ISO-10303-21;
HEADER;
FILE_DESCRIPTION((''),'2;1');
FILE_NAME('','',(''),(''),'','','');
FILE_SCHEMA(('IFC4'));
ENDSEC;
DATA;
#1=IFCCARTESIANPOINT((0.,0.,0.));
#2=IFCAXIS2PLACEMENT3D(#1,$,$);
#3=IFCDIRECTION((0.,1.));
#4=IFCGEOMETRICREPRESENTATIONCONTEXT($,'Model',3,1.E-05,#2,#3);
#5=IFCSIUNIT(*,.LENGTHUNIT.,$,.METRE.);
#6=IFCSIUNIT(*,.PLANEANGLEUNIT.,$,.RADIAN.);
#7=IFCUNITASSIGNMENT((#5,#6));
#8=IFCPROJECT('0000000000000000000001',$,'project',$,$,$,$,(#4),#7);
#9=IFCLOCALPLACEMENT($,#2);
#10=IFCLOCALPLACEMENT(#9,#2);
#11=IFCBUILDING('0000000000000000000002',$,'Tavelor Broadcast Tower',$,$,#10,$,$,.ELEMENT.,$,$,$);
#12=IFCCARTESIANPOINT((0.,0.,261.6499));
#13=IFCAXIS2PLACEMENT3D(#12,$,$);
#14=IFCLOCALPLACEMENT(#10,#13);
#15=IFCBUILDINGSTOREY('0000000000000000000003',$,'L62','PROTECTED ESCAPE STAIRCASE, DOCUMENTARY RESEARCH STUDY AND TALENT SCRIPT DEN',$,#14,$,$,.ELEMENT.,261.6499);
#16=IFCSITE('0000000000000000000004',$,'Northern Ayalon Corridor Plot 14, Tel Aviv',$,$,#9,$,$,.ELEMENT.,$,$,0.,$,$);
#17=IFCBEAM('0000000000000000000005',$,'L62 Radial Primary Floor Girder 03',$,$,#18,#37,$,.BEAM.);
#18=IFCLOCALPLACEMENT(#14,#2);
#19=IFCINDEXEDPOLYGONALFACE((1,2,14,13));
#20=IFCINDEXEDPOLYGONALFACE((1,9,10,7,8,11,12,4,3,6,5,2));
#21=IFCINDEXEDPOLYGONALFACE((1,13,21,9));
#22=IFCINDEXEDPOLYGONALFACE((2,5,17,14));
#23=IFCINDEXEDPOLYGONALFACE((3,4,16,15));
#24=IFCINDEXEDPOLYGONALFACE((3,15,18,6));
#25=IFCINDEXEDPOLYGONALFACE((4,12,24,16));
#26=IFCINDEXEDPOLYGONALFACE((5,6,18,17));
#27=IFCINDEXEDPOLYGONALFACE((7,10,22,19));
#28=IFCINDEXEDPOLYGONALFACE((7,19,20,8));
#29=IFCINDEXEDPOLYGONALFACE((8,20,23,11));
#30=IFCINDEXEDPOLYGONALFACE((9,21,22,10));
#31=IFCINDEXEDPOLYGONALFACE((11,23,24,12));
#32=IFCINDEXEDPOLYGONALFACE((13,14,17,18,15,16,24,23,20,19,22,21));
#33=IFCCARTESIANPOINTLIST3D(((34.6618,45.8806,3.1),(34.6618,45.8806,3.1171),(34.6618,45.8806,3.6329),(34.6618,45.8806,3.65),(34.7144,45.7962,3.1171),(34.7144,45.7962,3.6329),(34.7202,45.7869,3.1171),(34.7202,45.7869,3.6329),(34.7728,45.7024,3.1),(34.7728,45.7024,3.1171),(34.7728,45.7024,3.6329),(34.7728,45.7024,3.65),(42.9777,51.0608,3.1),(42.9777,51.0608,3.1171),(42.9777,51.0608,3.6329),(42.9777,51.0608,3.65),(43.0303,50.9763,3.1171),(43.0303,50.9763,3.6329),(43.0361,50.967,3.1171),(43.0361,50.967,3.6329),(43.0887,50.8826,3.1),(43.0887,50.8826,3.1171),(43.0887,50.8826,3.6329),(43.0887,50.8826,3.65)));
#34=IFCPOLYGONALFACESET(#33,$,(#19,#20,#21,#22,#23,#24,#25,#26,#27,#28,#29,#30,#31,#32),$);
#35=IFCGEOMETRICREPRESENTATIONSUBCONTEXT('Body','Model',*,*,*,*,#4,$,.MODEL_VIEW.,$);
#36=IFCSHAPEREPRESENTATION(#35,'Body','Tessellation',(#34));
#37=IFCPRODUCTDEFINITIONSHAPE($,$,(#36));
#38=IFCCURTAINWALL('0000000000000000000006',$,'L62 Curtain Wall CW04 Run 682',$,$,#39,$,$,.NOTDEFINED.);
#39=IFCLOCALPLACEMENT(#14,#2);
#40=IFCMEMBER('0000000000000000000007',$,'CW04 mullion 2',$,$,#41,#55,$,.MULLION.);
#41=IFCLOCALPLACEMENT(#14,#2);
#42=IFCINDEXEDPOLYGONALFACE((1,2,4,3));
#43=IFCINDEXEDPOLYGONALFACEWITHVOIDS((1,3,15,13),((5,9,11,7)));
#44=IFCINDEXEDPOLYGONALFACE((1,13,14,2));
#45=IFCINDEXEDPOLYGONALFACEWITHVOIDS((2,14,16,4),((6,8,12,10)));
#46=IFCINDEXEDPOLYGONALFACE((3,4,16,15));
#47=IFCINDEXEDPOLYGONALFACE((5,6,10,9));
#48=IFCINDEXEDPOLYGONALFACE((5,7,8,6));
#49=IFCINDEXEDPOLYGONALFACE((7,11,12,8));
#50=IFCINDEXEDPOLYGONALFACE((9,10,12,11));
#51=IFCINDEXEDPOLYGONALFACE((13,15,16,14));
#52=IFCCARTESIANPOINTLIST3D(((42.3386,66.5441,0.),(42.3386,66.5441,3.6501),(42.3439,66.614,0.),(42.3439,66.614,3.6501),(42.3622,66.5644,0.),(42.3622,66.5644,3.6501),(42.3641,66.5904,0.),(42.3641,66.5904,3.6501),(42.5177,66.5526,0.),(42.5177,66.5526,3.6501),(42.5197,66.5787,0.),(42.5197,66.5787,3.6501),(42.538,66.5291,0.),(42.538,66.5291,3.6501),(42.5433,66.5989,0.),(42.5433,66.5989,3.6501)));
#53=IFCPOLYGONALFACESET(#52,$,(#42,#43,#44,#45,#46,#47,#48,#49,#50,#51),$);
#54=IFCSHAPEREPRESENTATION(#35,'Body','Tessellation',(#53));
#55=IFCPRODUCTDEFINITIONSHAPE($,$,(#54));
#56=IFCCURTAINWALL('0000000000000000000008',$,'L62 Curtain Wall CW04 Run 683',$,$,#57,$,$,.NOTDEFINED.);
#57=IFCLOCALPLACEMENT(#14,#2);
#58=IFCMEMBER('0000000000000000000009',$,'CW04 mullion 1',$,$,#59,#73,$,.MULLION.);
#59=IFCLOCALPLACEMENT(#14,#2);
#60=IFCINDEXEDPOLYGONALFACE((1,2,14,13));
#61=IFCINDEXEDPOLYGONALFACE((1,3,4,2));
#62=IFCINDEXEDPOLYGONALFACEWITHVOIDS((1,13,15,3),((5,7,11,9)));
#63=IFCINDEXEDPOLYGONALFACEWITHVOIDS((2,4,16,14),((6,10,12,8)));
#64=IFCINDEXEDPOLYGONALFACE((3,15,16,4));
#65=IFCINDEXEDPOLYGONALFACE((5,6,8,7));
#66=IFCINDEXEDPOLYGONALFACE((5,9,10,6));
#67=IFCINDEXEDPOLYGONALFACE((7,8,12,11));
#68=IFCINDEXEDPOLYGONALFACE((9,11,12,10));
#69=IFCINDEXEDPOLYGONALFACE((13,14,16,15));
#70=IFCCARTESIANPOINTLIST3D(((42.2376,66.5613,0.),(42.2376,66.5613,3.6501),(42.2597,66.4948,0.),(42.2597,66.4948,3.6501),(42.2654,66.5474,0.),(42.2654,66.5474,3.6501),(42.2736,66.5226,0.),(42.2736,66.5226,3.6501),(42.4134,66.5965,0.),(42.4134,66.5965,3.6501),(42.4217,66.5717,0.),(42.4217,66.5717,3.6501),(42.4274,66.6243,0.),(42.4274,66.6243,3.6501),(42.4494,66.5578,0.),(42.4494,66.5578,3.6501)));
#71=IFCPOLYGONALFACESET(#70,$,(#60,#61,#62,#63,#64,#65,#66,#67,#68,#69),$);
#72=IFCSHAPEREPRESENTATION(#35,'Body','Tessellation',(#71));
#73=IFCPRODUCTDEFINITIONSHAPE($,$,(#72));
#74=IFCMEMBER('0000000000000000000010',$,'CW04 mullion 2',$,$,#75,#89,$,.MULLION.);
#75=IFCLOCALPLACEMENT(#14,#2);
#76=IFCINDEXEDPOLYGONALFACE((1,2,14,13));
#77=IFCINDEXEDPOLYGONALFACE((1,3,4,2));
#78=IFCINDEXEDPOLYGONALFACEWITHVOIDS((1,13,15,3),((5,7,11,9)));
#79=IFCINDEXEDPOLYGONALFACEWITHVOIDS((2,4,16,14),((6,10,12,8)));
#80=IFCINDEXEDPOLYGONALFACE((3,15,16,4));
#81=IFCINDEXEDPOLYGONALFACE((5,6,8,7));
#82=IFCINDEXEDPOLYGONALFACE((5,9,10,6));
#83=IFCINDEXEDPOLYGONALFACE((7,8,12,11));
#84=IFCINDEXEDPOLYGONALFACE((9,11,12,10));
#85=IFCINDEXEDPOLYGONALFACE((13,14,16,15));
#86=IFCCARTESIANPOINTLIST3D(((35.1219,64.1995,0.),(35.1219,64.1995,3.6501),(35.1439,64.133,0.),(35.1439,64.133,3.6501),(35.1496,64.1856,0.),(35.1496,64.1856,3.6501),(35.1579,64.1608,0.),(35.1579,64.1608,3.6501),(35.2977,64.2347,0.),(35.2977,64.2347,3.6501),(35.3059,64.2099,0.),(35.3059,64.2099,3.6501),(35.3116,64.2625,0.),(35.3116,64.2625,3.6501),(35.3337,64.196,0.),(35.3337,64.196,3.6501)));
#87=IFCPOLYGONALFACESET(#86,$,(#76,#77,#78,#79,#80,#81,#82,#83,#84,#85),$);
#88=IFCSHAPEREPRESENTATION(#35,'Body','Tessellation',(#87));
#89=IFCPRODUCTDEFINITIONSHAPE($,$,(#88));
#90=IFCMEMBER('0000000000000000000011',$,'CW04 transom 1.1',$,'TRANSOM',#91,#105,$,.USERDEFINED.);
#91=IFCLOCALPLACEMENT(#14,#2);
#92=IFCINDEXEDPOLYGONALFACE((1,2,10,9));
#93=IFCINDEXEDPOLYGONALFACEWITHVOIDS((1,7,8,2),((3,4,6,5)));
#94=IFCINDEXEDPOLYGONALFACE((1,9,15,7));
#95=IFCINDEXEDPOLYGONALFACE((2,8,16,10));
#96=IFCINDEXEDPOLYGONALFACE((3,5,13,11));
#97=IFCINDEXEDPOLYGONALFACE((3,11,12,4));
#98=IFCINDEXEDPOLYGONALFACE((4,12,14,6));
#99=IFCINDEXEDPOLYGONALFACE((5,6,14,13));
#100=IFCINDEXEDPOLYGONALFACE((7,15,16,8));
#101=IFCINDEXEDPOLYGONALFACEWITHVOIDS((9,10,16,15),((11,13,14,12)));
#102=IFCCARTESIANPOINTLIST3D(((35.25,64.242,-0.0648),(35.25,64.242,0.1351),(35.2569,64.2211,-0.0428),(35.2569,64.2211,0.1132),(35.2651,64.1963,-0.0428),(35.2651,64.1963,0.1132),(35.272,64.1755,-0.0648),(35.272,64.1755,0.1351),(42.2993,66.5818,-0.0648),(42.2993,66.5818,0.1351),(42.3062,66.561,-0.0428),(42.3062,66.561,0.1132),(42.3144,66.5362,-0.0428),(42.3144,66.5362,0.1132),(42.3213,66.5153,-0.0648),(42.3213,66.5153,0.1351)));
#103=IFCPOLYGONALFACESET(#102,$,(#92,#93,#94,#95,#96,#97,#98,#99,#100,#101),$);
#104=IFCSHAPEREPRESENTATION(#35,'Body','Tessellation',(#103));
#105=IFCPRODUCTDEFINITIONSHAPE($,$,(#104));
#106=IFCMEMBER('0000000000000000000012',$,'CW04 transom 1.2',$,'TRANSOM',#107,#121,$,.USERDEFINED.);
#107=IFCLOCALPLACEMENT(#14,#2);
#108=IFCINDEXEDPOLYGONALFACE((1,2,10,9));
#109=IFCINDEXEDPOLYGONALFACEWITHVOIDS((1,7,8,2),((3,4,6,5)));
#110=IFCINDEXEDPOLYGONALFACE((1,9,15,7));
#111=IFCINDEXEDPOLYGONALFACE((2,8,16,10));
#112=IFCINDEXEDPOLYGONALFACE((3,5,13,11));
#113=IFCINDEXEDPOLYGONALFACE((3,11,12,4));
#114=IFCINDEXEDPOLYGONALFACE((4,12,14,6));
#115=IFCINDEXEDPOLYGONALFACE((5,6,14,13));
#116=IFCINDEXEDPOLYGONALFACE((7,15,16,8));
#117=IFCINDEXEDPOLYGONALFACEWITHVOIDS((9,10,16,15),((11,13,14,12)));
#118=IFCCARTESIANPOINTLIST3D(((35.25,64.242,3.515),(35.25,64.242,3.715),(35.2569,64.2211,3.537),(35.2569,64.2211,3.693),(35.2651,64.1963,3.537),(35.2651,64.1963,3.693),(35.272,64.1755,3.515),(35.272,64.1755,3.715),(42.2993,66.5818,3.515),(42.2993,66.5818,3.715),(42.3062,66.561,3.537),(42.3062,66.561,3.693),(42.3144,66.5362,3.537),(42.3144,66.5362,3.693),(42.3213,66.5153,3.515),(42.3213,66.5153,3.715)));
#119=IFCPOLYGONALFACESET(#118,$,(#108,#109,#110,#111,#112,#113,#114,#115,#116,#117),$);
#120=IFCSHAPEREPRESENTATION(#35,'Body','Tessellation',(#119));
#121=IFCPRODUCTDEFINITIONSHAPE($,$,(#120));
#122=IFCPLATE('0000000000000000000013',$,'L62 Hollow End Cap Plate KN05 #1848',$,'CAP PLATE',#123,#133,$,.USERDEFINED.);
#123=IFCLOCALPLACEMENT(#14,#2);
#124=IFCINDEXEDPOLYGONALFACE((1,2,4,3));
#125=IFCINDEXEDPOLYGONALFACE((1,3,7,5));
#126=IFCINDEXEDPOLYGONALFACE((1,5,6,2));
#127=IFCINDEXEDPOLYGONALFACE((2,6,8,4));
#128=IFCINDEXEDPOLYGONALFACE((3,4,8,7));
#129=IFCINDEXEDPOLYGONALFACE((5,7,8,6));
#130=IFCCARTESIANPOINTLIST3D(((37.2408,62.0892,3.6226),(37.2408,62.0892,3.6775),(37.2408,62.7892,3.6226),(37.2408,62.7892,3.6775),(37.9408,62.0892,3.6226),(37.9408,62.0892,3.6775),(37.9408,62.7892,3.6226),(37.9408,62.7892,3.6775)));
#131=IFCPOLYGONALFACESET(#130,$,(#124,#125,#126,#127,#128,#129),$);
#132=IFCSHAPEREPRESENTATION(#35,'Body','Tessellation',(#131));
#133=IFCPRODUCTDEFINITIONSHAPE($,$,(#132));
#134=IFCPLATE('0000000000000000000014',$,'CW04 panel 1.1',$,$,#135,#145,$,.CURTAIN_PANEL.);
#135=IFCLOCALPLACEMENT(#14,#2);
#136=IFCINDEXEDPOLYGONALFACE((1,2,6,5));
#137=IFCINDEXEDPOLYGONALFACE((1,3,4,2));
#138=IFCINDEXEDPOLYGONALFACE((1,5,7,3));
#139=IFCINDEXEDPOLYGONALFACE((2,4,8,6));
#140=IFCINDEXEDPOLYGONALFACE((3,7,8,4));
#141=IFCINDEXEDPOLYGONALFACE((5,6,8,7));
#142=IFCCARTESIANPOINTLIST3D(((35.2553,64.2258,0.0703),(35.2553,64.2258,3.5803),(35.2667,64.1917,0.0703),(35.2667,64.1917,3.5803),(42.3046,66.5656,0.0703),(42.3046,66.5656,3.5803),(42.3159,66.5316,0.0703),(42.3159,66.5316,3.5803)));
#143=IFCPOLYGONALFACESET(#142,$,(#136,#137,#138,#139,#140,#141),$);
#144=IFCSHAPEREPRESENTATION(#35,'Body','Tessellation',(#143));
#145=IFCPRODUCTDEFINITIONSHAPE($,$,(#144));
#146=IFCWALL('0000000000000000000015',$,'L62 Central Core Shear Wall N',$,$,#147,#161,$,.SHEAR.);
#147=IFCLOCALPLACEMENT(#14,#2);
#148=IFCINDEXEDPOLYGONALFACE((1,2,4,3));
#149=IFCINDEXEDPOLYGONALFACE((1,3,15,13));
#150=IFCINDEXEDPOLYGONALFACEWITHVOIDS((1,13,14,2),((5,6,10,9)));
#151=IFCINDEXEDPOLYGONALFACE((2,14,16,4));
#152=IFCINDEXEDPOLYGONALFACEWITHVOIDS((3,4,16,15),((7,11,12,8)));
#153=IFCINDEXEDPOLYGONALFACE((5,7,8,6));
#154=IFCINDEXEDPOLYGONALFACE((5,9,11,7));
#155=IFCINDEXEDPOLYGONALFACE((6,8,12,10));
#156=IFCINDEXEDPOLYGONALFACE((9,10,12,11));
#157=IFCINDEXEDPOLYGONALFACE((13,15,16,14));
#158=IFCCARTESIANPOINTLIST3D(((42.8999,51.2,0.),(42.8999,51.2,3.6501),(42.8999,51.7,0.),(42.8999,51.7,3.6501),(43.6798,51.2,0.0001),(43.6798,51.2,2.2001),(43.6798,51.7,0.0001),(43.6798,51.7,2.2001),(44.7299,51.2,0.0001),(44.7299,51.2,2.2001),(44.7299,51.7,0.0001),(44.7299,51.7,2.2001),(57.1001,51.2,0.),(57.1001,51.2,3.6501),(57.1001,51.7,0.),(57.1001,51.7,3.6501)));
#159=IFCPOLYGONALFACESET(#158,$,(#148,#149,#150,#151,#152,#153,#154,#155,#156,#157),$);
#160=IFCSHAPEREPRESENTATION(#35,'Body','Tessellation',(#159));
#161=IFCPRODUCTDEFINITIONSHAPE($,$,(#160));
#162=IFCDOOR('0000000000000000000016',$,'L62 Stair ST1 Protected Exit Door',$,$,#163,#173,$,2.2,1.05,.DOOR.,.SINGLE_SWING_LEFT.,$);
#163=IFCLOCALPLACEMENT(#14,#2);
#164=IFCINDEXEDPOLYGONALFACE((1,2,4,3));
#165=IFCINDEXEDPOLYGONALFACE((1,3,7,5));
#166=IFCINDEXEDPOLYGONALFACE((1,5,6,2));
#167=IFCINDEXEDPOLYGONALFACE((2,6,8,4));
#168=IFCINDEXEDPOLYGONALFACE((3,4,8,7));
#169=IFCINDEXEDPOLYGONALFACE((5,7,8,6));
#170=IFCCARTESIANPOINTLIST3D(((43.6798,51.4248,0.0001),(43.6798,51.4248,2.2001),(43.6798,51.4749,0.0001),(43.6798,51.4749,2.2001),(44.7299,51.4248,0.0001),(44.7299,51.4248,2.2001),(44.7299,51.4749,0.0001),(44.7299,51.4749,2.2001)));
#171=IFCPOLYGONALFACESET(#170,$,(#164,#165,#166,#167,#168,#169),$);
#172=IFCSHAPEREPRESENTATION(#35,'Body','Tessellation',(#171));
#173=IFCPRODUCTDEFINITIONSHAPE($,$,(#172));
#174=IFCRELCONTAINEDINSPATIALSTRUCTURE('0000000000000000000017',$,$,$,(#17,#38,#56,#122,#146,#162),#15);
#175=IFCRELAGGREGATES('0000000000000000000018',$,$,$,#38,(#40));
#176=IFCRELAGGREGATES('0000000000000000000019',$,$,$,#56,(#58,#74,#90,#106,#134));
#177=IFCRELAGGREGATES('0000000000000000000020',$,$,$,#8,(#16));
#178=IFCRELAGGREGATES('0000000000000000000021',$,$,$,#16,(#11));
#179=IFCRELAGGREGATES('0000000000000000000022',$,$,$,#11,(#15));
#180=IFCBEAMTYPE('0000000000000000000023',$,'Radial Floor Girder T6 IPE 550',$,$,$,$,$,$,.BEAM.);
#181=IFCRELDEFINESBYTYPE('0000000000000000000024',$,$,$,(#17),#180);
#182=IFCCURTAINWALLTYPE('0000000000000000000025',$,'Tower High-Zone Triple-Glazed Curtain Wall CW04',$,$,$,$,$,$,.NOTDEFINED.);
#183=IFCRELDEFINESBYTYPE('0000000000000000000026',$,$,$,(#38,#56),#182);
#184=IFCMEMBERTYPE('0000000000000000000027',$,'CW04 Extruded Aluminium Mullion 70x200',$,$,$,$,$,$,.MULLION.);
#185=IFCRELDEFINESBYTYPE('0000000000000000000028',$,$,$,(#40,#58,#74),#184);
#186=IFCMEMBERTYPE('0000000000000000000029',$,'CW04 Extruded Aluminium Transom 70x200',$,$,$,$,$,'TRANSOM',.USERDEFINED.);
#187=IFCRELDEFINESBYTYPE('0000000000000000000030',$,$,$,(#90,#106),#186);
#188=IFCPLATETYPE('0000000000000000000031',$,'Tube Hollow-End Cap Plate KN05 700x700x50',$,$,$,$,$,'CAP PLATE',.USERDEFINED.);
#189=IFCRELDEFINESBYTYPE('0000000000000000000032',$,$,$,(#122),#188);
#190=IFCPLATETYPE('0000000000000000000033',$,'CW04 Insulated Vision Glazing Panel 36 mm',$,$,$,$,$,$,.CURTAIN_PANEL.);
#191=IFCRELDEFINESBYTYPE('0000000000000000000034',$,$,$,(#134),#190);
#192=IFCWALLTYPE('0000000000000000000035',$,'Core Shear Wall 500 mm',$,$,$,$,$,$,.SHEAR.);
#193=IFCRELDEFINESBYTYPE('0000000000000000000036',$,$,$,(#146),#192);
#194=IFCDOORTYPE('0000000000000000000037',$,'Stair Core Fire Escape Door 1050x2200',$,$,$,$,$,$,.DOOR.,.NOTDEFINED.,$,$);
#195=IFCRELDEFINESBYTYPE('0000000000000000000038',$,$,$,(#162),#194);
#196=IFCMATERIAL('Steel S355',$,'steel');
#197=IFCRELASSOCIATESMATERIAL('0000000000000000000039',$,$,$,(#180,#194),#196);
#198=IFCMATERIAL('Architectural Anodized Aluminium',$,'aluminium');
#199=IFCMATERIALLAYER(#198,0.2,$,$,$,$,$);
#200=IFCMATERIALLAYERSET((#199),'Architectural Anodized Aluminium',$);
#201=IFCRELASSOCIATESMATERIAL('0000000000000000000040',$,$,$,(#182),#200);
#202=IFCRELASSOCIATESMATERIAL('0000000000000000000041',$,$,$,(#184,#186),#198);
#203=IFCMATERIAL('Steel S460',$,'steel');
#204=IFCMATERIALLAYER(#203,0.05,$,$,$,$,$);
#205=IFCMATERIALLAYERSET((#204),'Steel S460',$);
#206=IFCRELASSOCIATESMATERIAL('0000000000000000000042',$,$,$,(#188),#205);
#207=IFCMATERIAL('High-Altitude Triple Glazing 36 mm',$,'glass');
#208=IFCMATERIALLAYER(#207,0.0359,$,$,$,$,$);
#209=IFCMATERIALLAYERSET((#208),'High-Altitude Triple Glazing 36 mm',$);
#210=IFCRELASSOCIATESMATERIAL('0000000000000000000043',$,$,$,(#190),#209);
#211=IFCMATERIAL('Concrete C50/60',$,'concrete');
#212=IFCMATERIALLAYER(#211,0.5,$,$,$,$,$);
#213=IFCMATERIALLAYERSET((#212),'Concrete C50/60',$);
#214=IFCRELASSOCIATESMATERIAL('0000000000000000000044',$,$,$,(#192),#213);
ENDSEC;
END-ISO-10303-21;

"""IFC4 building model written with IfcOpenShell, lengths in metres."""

from ifc_helpers import new_model, si_unit, direction, frame, frame_2d, origin, origin_2d, place, context, subcontext, project, spatial, rectangle, hollow_rectangle, i_section, extrude, source, transform, mapped, material, layer, layer_set, material_profile, profile_set, type_object, type_shapes, element, fill, aggregate, save


model = new_model("IFC4")

# Units and contexts
model_context = context("Model", 3, precision=1e-05, world=origin(), true_north=direction((0.0, 1.0)))
body_context = subcontext(model_context, "Body", "Model", "MODEL_VIEW")
ifc_project = project(units=[si_unit("LENGTHUNIT", "METRE"), si_unit("PLANEANGLEUNIT", "RADIAN")], contexts=[model_context])

# Site, building, storey
site_placement = place(None, origin())
site = spatial("IfcSite", under=ifc_project, at=site_placement, Name="Northern Ayalon Corridor Plot 14, Tel Aviv", CompositionType="ELEMENT", RefElevation=0.0)
building_placement = place(site_placement, origin())
building = spatial("IfcBuilding", under=site, at=building_placement, Name="Tavelor Broadcast Tower", CompositionType="ELEMENT")
storey_placement = place(building_placement, frame((0.0, 0.0, 261.6499)))
storey = spatial("IfcBuildingStorey", under=building, at=storey_placement, Name="L62", Description="PROTECTED ESCAPE STAIRCASE, DOCUMENTARY RESEARCH STUDY AND TALENT SCRIPT DEN", CompositionType="ELEMENT", Elevation=261.6499)

# Shared definitions
ifc_material_1 = material(Name="Concrete C50/60", Category="concrete")
ifc_material_2 = material(Name="Steel S460", Category="steel")

# Beam
ifc_material_3 = material(Name="Steel S355", Category="steel")
ifc_material_profile_1 = material_profile(ifc_material_3, i_section(OverallWidth=0.21, OverallDepth=0.55, WebThickness=0.011, FlangeThickness=0.0171, at=origin_2d()), Name="IPE 550")
ifc_profile_set_1 = profile_set([ifc_material_profile_1], Name="Steel S355")
beam_type_1 = type_object("IfcBeamType", Name="Radial Floor Girder T6 IPE 550", PredefinedType="BEAM", material=ifc_profile_set_1)
beam_1_placement = place(storey_placement, frame((43.0332, 50.9717, 3.375), z_axis=(-0.84879, -0.528731, 0.0), x_axis=(0.528731, -0.84879, 0.0)))
element("IfcBeam", 1, at=beam_1_placement, inside=storey, type_object=beam_type_1, Name="L62 Radial Primary Floor Girder 03", PredefinedType="BEAM", context=body_context, shape_type="SweptSolid", body=[
    extrude(i_section(OverallWidth=0.21, OverallDepth=0.55, WebThickness=0.011, FlangeThickness=0.0171, at=origin_2d()), origin(), (0.0, 0.0, 1.0), 9.7974),
])

# Curtain wall, member
ifc_material_4 = material(Name="Architectural Anodized Aluminium", Category="aluminium")
ifc_layer_1 = layer(ifc_material_4, 0.2)
ifc_layer_set_1 = layer_set([ifc_layer_1], Name="Architectural Anodized Aluminium")
curtain_wall_type = type_object("IfcCurtainWallType", Name="Tower High-Zone Triple-Glazed Curtain Wall CW04", PredefinedType="NOTDEFINED", material=ifc_layer_set_1)
curtain_wall_1_placement = place(storey_placement, origin())
curtain_wall_1 = element("IfcCurtainWall", 2, at=curtain_wall_1_placement, inside=storey, type_object=curtain_wall_type, Name="L62 Curtain Wall CW04 Run 682", PredefinedType="NOTDEFINED")
ifc_material_profile_2 = material_profile(ifc_material_4, hollow_rectangle(XDim=0.0701, YDim=0.2, WallThickness=0.022, at=origin_2d()), Name="RHS 70x200x22")
ifc_profile_set_2 = profile_set([ifc_material_profile_2], Name="Architectural Anodized Aluminium")
member_type_1 = type_object("IfcMemberType", Name="CW04 Extruded Aluminium Mullion 70x200", PredefinedType="MULLION", material=ifc_profile_set_2)
shared_shape_1 = source(origin(), body_context, "Body", "SweptSolid", [
    extrude(hollow_rectangle(XDim=0.0701, YDim=0.2, WallThickness=0.022, at=origin_2d()), origin(), (0.0, 0.0, 1.0), 3.6501),
])
type_shapes(member_type_1, [shared_shape_1])
member_1_placement = place(storey_placement, frame((42.4409, 66.5715, 0.0), z_axis=(0.0, 0.0, 1.0), x_axis=(-0.075391, -0.997154, 0.0)))
member_1 = element("IfcMember", 3, at=member_1_placement, type_object=member_type_1, Name="CW04 mullion 2", PredefinedType="MULLION", context=body_context, shape_type="MappedRepresentation", body=[
    mapped(shared_shape_1, transform((0.0, 0.0, 0.0), scale=1.0)),
])
aggregate(curtain_wall_1, [member_1])

# Curtain wall, members
curtain_wall_2_placement = place(storey_placement, origin())
curtain_wall_2 = element("IfcCurtainWall", 4, at=curtain_wall_2_placement, inside=storey, type_object=curtain_wall_type, Name="L62 Curtain Wall CW04 Run 683", PredefinedType="NOTDEFINED")
member_2_placement = place(storey_placement, frame((42.3435, 66.5596, 0.0), z_axis=(0.0, 0.0, 1.0), x_axis=(0.31503, -0.949082, 0.0)))
member_2 = element("IfcMember", 5, at=member_2_placement, type_object=member_type_1, Name="CW04 mullion 1", PredefinedType="MULLION", context=body_context, shape_type="MappedRepresentation", body=[
    mapped(shared_shape_1, transform((0.0, 0.0, 0.0), scale=1.0)),
])
member_3_placement = place(storey_placement, frame((35.2278, 64.1978, 0.0), z_axis=(0.0, 0.0, 1.0), x_axis=(0.31503, -0.949082, 0.0)))
member_3 = element("IfcMember", 6, at=member_3_placement, type_object=member_type_1, Name="CW04 mullion 2", PredefinedType="MULLION", context=body_context, shape_type="MappedRepresentation", body=[
    mapped(shared_shape_1, transform((0.0, 0.0, 0.0), scale=1.0)),
])
ifc_material_profile_3 = material_profile(ifc_material_4, hollow_rectangle(XDim=0.0701, YDim=0.2, WallThickness=0.022, at=origin_2d()), Name="RHS 70x200x22")
ifc_profile_set_3 = profile_set([ifc_material_profile_3], Name="Architectural Anodized Aluminium")
member_type_2 = type_object("IfcMemberType", Name="CW04 Extruded Aluminium Transom 70x200", ElementType="TRANSOM", PredefinedType="USERDEFINED", material=ifc_profile_set_3)
shared_shape_2 = source(origin(), body_context, "Body", "SweptSolid", [
    extrude(hollow_rectangle(XDim=0.0701, YDim=0.2, WallThickness=0.022, at=origin_2d()), origin(), (0.0, 0.0, 1.0), 7.4275),
])
type_shapes(member_type_2, [shared_shape_2])
member_4_placement = place(storey_placement, frame((42.3103, 66.5486, 0.0352), z_axis=(-0.949084, -0.315024, 0.0), x_axis=(0.315024, -0.949084, 0.0)))
member_4 = element("IfcMember", 7, at=member_4_placement, type_object=member_type_2, Name="CW04 transom 1.1", ObjectType="TRANSOM", PredefinedType="USERDEFINED", context=body_context, shape_type="MappedRepresentation", body=[
    mapped(shared_shape_2, transform((0.0, 0.0, 0.0), scale=1.0)),
])
member_5_placement = place(storey_placement, frame((42.3103, 66.5486, 3.615), z_axis=(-0.949084, -0.315024, 0.0), x_axis=(0.315024, -0.949084, 0.0)))
member_5 = element("IfcMember", 8, at=member_5_placement, type_object=member_type_2, Name="CW04 transom 1.2", ObjectType="TRANSOM", PredefinedType="USERDEFINED", context=body_context, shape_type="MappedRepresentation", body=[
    mapped(shared_shape_2, transform((0.0, 0.0, 0.0), scale=1.0)),
])

# Plates
ifc_layer_2 = layer(ifc_material_2, 0.05)
ifc_layer_set_2 = layer_set([ifc_layer_2], Name="Steel S460")
plate_type_1 = type_object("IfcPlateType", Name="Tube Hollow-End Cap Plate KN05 700x700x50", ElementType="CAP PLATE", PredefinedType="USERDEFINED", material=ifc_layer_set_2)
shared_shape_3 = source(origin(), body_context, "Body", "SweptSolid", [
    extrude(rectangle(XDim=0.7, YDim=0.7, at=origin_2d()), origin(), (0.0, 0.0, 1.0), 0.0549),
])
type_shapes(plate_type_1, [shared_shape_3])
plate_1_placement = place(storey_placement, frame((37.5908, 62.4392, 3.6226), z_axis=(0.0, 0.0, 1.0), x_axis=(1.0, 0.0, 0.0)))
element("IfcPlate", 9, at=plate_1_placement, inside=storey, type_object=plate_type_1, Name="L62 Hollow End Cap Plate KN05 #1848", ObjectType="CAP PLATE", PredefinedType="USERDEFINED", context=body_context, shape_type="MappedRepresentation", body=[
    mapped(shared_shape_3, transform((0.0, 0.0, 0.0), scale=1.0)),
])
ifc_material_5 = material(Name="High-Altitude Triple Glazing 36 mm", Category="glass")
ifc_layer_3 = layer(ifc_material_5, 0.0359)
ifc_layer_set_3 = layer_set([ifc_layer_3], Name="High-Altitude Triple Glazing 36 mm")
plate_type_2 = type_object("IfcPlateType", Name="CW04 Insulated Vision Glazing Panel 36 mm", PredefinedType="CURTAIN_PANEL", material=ifc_layer_set_3)
shared_shape_4 = source(origin(), body_context, "Body", "SweptSolid", [
    extrude(rectangle(XDim=7.4275, YDim=0.0359, at=origin_2d()), origin(), (0.0, 0.0, 1.0), 3.51),
])
type_shapes(plate_type_2, [shared_shape_4])
plate_2_placement = place(storey_placement, frame((38.7856, 65.3787, 0.0703), z_axis=(0.0, 0.0, 1.0), x_axis=(-0.949082, -0.31503, 0.0)))
plate_2 = element("IfcPlate", 10, at=plate_2_placement, type_object=plate_type_2, Name="CW04 panel 1.1", PredefinedType="CURTAIN_PANEL", context=body_context, shape_type="MappedRepresentation", body=[
    mapped(shared_shape_4, transform((0.0, 0.0, 0.0), scale=1.0)),
])
aggregate(curtain_wall_2, [member_2, member_3, member_4, member_5, plate_2])

# Wall, opening, door
ifc_layer_4 = layer(ifc_material_1, 0.5)
ifc_layer_set_4 = layer_set([ifc_layer_4], Name="Concrete C50/60")
wall_type_1 = type_object("IfcWallType", Name="Core Shear Wall 500 mm", PredefinedType="SHEAR", material=ifc_layer_set_4)
wall_1_placement = place(storey_placement, frame((42.8999, 51.45, 0.0), z_axis=(0.0, 0.0, 1.0), x_axis=(1.0, 0.0, 0.0)))
wall_1 = element("IfcWall", 11, at=wall_1_placement, inside=storey, type_object=wall_type_1, Name="L62 Central Core Shear Wall N", PredefinedType="SHEAR", context=body_context, shape_type="SweptSolid", body=[
    extrude(rectangle(XDim=14.2002, YDim=0.5, at=frame_2d((7.1001, 0.0))), origin(), (0.0, 0.0, 1.0), 3.6501),
])
opening_1_placement = place(wall_1_placement, frame((0.78, 0.0, 0.0)))
opening_1 = element("IfcOpeningElement", 12, at=opening_1_placement, cuts=wall_1, PredefinedType="OPENING", context=body_context, shape_type="SweptSolid", body=[
    extrude(rectangle(XDim=1.05, YDim=2.2, at=frame_2d((0.5249, 1.1001))), frame((0.0, 0.26, 0.0), z_axis=(0.0, -1.0, 0.0), x_axis=(1.0, 0.0, 0.0)), (0.0, 0.0, 1.0), 0.52),
])
door_type_1 = type_object("IfcDoorType", Name="Stair Core Fire Escape Door 1050x2200", OperationType="NOTDEFINED", PredefinedType="DOOR", material=ifc_material_3)
door_1_placement = place(opening_1_placement, origin())
door_1 = element("IfcDoor", 13, at=door_1_placement, inside=storey, type_object=door_type_1, Name="L62 Stair ST1 Protected Exit Door", OperationType="SINGLE_SWING_LEFT", OverallHeight=2.2, OverallWidth=1.05, PredefinedType="DOOR", context=body_context, shape_type="SweptSolid", body=[
    extrude(rectangle(XDim=1.05, YDim=2.2, at=frame_2d((0.5249, 1.1001))), frame((0.0, 0.0249, 0.0), z_axis=(0.0, -1.0, 0.0), x_axis=(1.0, 0.0, 0.0)), (0.0, 0.0, 1.0), 0.05),
])
fill(opening_1, door_1)

save(model, "model.ifc")
